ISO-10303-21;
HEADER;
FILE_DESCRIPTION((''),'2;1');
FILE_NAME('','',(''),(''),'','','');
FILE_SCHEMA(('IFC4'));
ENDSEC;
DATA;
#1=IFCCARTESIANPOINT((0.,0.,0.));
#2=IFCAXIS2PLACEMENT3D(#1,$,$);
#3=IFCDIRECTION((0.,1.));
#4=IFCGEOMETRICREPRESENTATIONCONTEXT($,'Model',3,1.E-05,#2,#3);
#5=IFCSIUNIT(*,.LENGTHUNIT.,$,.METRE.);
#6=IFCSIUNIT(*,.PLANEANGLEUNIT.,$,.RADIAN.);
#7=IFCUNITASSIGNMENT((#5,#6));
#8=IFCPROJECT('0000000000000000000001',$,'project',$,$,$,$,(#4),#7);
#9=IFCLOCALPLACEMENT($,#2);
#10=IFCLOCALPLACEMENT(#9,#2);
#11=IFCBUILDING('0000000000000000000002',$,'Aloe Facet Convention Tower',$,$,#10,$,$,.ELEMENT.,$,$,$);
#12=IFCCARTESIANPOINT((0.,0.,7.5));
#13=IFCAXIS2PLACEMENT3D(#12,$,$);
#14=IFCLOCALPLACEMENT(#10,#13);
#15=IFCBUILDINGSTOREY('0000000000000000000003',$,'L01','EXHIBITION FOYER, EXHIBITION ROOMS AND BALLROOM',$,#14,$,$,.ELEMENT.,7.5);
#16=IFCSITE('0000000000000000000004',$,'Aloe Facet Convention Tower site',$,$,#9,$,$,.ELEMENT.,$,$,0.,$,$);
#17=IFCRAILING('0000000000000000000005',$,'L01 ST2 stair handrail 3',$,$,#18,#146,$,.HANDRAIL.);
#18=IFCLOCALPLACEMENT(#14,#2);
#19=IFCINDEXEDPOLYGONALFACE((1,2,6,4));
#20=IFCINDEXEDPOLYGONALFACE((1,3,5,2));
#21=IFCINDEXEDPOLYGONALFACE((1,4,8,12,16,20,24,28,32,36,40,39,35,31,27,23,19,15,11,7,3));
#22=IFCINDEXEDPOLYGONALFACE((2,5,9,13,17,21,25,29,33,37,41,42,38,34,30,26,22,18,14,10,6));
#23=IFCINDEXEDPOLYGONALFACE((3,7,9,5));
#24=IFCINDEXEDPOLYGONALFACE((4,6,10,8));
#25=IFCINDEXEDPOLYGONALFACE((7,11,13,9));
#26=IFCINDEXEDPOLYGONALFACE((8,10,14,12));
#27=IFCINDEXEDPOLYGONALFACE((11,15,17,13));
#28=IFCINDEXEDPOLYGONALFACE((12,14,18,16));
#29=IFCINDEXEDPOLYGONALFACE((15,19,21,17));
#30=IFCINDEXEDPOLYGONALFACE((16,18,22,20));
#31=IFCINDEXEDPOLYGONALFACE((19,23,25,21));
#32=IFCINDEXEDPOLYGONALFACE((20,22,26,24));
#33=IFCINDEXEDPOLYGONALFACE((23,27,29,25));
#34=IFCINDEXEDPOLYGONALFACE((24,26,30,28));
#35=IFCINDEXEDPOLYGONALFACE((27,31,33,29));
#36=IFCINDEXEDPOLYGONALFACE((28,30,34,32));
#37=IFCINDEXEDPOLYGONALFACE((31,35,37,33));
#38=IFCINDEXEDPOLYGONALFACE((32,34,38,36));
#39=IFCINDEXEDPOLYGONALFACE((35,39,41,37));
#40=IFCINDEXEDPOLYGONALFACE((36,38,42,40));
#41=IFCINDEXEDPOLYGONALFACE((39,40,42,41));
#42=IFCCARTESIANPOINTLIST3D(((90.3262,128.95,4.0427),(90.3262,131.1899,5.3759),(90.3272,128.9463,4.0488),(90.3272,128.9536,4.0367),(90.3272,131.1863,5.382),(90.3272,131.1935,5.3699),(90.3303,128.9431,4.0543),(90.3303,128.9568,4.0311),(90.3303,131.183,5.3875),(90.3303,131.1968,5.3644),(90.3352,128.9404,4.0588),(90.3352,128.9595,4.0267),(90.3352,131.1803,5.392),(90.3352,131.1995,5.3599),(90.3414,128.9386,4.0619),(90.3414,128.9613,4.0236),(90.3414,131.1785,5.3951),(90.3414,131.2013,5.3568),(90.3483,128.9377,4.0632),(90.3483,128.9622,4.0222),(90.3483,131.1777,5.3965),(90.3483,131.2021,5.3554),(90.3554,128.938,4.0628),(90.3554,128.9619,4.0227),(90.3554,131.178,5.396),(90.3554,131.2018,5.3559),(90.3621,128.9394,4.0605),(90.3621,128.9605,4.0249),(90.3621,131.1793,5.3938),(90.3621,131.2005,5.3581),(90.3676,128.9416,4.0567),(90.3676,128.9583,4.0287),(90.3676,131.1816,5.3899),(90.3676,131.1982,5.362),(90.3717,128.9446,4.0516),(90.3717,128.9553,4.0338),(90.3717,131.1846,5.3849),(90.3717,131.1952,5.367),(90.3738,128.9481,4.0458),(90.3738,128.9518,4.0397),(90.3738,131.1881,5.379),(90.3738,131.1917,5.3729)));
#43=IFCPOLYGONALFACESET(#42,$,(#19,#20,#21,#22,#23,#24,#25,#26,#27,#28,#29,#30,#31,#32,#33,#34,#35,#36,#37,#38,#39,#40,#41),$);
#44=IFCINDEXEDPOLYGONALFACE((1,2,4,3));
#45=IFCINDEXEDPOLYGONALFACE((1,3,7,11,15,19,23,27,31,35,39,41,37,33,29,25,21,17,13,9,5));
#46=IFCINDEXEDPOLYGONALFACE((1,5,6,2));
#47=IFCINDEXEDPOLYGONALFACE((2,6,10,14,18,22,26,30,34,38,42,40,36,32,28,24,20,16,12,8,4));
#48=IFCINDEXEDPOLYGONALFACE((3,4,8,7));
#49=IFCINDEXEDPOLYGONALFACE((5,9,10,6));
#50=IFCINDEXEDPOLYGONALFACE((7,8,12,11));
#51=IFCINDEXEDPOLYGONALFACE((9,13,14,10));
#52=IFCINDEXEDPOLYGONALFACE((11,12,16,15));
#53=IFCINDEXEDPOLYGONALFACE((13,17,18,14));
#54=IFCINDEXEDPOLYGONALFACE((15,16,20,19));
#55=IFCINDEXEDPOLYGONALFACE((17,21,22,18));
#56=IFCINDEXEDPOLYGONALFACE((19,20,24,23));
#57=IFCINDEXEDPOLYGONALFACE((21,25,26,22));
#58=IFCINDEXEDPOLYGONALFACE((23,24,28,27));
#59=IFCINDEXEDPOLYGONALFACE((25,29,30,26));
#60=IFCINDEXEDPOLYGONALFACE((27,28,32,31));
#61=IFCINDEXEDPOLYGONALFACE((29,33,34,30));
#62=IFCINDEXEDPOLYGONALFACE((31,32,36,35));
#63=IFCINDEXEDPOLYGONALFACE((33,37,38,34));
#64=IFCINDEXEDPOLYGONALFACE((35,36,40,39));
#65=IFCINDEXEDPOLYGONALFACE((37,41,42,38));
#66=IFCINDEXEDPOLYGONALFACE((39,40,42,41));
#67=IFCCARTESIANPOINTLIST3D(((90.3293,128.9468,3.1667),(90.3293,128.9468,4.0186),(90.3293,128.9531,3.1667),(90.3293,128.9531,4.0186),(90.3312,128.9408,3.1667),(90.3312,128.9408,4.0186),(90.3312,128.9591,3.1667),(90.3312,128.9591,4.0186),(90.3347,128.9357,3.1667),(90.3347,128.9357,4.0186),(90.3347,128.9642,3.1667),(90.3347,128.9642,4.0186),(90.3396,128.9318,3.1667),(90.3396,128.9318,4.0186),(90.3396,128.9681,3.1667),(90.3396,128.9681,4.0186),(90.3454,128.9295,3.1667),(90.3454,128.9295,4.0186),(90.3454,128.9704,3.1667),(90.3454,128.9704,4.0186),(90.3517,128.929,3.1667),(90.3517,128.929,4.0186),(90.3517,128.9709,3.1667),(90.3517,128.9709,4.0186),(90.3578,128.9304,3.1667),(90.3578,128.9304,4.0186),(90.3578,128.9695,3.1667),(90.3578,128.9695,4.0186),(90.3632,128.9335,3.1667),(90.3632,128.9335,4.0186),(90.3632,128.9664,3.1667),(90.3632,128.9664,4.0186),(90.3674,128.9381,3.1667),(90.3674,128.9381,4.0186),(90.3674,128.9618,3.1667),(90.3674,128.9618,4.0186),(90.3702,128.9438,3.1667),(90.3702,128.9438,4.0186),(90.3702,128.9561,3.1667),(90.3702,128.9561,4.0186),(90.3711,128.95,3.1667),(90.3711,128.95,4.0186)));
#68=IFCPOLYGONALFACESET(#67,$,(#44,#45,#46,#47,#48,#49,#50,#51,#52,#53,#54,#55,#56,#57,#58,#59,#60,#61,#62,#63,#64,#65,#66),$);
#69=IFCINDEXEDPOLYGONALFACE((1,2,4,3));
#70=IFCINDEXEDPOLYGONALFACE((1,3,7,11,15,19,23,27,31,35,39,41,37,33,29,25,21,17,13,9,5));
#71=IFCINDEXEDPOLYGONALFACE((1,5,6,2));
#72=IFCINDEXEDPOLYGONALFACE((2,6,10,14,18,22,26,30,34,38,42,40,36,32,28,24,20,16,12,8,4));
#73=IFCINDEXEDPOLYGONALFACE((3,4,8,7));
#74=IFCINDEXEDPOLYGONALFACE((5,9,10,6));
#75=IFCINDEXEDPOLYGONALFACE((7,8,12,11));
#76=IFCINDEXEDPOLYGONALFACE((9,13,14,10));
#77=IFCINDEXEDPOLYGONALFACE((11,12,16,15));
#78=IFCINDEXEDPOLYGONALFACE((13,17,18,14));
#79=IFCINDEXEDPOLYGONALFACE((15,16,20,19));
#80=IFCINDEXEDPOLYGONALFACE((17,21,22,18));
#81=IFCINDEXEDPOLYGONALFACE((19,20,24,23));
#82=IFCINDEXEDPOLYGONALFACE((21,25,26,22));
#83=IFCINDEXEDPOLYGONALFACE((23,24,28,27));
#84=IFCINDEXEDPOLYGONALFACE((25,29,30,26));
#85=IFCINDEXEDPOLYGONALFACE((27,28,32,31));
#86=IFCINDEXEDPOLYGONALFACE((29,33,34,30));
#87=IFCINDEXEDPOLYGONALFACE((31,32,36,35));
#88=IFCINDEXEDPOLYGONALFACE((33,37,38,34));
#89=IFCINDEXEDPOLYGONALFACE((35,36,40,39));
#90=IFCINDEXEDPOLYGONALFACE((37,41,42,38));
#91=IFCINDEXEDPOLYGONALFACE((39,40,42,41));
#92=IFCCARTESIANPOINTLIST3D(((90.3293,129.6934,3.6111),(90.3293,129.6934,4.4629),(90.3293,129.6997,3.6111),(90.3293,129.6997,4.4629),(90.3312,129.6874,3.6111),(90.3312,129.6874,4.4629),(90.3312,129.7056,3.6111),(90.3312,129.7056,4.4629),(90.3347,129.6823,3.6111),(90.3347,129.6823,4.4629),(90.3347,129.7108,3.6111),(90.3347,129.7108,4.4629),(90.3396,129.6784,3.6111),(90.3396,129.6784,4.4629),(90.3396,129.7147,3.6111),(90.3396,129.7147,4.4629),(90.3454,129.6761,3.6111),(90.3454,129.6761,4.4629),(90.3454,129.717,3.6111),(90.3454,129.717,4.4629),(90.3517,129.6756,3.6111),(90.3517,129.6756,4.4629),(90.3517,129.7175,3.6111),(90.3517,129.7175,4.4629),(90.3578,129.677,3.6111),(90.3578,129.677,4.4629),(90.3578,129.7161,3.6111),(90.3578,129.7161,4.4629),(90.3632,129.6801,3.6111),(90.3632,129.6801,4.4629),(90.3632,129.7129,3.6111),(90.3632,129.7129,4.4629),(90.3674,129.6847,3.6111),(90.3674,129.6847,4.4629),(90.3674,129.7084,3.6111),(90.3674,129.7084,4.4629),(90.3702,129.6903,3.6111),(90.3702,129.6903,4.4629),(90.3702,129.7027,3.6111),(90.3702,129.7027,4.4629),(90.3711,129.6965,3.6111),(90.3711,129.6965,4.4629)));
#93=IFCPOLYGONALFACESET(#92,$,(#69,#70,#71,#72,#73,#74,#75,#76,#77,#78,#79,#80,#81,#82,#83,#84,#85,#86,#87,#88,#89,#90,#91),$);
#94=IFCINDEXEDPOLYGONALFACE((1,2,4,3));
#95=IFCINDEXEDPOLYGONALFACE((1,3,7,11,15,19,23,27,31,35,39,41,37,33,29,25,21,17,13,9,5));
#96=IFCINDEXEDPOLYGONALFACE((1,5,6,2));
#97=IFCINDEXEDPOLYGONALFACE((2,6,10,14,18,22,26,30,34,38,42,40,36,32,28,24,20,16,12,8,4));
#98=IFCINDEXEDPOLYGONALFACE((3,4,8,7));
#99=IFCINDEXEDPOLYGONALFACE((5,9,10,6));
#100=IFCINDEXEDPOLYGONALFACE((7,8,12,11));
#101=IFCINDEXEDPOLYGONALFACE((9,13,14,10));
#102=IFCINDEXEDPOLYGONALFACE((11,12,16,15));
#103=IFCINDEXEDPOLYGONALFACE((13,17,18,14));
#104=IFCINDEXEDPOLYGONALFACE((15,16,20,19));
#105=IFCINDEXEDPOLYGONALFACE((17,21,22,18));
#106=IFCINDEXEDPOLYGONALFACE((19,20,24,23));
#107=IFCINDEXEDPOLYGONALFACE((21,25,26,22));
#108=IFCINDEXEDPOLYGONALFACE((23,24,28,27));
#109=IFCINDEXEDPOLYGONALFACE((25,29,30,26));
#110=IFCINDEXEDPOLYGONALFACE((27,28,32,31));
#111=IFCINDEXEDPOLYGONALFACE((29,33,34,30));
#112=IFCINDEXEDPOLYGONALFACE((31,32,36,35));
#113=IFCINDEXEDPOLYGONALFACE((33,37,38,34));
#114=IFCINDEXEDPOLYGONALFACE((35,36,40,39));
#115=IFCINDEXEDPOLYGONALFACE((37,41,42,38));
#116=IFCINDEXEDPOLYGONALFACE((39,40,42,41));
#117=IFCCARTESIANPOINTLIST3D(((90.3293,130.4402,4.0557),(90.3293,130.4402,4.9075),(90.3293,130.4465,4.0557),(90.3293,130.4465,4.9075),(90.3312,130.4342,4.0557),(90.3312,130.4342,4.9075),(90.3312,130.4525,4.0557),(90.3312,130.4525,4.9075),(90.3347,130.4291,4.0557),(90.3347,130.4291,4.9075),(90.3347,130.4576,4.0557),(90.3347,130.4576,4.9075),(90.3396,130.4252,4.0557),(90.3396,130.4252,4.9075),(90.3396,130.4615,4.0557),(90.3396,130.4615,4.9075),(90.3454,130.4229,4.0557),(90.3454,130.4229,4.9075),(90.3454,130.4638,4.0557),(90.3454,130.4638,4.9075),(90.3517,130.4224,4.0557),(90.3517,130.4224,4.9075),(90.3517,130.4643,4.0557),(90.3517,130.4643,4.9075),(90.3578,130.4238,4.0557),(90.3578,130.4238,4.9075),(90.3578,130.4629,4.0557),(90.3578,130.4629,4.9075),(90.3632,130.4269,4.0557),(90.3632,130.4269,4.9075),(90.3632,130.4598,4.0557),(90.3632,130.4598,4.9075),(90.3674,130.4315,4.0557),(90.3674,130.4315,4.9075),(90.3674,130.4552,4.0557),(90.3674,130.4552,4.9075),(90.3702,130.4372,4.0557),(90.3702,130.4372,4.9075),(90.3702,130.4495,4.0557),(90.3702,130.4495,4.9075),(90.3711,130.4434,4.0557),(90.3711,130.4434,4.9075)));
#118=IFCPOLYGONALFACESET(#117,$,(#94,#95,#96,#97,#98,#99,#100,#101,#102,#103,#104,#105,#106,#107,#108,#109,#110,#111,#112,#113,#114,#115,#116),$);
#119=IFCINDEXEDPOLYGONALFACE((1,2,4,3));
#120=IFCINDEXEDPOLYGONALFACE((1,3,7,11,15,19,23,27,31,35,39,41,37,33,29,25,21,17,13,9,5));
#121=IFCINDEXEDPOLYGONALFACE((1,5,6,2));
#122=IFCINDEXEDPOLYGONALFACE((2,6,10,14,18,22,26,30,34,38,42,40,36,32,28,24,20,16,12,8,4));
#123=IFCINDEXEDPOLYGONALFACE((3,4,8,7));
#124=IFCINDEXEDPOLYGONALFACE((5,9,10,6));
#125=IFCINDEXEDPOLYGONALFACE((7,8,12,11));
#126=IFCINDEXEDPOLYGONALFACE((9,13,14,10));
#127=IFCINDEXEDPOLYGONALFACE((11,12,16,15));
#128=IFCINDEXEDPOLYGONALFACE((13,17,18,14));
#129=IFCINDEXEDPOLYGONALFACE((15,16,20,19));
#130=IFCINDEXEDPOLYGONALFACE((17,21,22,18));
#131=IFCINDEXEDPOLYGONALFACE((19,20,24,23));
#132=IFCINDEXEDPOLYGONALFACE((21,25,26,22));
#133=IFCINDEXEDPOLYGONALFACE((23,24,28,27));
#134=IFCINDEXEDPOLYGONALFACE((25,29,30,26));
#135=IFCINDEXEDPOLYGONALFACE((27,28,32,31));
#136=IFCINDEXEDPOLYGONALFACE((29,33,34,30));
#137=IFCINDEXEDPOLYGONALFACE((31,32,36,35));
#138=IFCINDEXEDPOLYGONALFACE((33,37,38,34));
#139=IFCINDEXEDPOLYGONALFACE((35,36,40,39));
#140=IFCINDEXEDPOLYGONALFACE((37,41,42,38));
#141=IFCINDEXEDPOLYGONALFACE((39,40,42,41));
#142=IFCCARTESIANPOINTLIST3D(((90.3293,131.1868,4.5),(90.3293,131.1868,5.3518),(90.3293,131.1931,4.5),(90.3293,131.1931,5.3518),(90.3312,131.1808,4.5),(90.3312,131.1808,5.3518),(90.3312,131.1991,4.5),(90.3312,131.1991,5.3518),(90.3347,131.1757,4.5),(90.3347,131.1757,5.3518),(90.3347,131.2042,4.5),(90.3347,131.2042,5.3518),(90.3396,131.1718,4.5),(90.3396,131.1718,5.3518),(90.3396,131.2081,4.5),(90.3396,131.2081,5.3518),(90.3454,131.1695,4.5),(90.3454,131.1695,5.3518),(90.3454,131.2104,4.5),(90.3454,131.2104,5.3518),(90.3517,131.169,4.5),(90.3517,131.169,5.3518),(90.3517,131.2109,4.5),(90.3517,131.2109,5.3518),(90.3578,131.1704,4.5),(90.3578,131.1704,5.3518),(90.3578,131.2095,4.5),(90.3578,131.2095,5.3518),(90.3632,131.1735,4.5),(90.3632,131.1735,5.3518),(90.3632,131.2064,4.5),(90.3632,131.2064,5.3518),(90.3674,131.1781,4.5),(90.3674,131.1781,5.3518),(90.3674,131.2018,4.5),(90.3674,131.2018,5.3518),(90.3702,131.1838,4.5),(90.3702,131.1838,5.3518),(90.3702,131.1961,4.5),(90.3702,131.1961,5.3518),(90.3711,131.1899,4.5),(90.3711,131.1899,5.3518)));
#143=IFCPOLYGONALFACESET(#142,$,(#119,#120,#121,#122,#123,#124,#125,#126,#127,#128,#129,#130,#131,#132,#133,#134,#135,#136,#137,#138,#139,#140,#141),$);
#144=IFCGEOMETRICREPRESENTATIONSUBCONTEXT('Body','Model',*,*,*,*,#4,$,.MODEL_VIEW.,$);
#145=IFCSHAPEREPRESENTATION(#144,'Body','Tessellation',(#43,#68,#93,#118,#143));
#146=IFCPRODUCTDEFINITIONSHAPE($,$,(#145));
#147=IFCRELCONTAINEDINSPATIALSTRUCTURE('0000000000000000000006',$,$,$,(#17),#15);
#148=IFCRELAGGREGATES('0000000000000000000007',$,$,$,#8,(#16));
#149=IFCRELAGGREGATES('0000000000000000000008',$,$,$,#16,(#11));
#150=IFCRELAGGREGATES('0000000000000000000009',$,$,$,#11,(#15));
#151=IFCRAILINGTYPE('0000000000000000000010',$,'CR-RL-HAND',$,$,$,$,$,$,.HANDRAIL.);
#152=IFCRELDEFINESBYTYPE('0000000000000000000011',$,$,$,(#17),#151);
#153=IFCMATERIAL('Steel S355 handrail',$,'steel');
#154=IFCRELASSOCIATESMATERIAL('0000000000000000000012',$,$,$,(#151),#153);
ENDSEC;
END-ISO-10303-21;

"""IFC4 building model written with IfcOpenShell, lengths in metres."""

from ifc_helpers import new_model, si_unit, direction, frame, origin, origin_2d, place, context, subcontext, project, spatial, circle, extrude, material, type_object, element, save


model = new_model("IFC4")

# Units and contexts
model_context = context("Model", 3, precision=1e-05, world=origin(), true_north=direction((0.0, 1.0)))
body_context = subcontext(model_context, "Body", "Model", "MODEL_VIEW")
ifc_project = project(units=[si_unit("LENGTHUNIT", "METRE"), si_unit("PLANEANGLEUNIT", "RADIAN")], contexts=[model_context])

# Site, building, storey
site_placement = place(None, origin())
site = spatial("IfcSite", under=ifc_project, at=site_placement, Name="Aloe Facet Convention Tower site", CompositionType="ELEMENT", RefElevation=0.0)
building_placement = place(site_placement, origin())
building = spatial("IfcBuilding", under=site, at=building_placement, Name="Aloe Facet Convention Tower", CompositionType="ELEMENT")
storey_placement = place(building_placement, frame((0.0, 0.0, 7.5)))
storey = spatial("IfcBuildingStorey", under=building, at=storey_placement, Name="L01", Description="EXHIBITION FOYER, EXHIBITION ROOMS AND BALLROOM", CompositionType="ELEMENT", Elevation=7.5)

# Railing
ifc_material_1 = material(Name="Steel S355 handrail", Category="steel")
railing_type_1 = type_object("IfcRailingType", Name="CR-RL-HAND", PredefinedType="HANDRAIL", material=ifc_material_1)
railing_1_placement = place(storey_placement, frame((90.3501, 128.95, 3.1667)))
element("IfcRailing", 1, at=railing_1_placement, inside=storey, type_object=railing_type_1, Name="L01 ST2 stair handrail 3", PredefinedType="HANDRAIL", context=body_context, shape_type="SweptSolid", body=[
    extrude(circle(Radius=0.0239, at=origin_2d()), frame((0.0, 0.0, 0.876), z_axis=(0.0, 0.859306, 0.511462), x_axis=(-1.0, 0.0, 0.0)), (0.0, 0.0, 1.0), 2.6067),
    extrude(circle(Radius=0.021, at=origin_2d()), origin(), (0.0, 0.0, 1.0), 0.8518),
    extrude(circle(Radius=0.021, at=origin_2d()), frame((0.0, 0.7466, 0.4443)), (0.0, 0.0, 1.0), 0.8518),
    extrude(circle(Radius=0.021, at=origin_2d()), frame((0.0, 1.4934, 0.8889)), (0.0, 0.0, 1.0), 0.8518),
    extrude(circle(Radius=0.021, at=origin_2d()), frame((0.0, 2.24, 1.3333)), (0.0, 0.0, 1.0), 0.8518),
])

save(model, "model.ifc")
